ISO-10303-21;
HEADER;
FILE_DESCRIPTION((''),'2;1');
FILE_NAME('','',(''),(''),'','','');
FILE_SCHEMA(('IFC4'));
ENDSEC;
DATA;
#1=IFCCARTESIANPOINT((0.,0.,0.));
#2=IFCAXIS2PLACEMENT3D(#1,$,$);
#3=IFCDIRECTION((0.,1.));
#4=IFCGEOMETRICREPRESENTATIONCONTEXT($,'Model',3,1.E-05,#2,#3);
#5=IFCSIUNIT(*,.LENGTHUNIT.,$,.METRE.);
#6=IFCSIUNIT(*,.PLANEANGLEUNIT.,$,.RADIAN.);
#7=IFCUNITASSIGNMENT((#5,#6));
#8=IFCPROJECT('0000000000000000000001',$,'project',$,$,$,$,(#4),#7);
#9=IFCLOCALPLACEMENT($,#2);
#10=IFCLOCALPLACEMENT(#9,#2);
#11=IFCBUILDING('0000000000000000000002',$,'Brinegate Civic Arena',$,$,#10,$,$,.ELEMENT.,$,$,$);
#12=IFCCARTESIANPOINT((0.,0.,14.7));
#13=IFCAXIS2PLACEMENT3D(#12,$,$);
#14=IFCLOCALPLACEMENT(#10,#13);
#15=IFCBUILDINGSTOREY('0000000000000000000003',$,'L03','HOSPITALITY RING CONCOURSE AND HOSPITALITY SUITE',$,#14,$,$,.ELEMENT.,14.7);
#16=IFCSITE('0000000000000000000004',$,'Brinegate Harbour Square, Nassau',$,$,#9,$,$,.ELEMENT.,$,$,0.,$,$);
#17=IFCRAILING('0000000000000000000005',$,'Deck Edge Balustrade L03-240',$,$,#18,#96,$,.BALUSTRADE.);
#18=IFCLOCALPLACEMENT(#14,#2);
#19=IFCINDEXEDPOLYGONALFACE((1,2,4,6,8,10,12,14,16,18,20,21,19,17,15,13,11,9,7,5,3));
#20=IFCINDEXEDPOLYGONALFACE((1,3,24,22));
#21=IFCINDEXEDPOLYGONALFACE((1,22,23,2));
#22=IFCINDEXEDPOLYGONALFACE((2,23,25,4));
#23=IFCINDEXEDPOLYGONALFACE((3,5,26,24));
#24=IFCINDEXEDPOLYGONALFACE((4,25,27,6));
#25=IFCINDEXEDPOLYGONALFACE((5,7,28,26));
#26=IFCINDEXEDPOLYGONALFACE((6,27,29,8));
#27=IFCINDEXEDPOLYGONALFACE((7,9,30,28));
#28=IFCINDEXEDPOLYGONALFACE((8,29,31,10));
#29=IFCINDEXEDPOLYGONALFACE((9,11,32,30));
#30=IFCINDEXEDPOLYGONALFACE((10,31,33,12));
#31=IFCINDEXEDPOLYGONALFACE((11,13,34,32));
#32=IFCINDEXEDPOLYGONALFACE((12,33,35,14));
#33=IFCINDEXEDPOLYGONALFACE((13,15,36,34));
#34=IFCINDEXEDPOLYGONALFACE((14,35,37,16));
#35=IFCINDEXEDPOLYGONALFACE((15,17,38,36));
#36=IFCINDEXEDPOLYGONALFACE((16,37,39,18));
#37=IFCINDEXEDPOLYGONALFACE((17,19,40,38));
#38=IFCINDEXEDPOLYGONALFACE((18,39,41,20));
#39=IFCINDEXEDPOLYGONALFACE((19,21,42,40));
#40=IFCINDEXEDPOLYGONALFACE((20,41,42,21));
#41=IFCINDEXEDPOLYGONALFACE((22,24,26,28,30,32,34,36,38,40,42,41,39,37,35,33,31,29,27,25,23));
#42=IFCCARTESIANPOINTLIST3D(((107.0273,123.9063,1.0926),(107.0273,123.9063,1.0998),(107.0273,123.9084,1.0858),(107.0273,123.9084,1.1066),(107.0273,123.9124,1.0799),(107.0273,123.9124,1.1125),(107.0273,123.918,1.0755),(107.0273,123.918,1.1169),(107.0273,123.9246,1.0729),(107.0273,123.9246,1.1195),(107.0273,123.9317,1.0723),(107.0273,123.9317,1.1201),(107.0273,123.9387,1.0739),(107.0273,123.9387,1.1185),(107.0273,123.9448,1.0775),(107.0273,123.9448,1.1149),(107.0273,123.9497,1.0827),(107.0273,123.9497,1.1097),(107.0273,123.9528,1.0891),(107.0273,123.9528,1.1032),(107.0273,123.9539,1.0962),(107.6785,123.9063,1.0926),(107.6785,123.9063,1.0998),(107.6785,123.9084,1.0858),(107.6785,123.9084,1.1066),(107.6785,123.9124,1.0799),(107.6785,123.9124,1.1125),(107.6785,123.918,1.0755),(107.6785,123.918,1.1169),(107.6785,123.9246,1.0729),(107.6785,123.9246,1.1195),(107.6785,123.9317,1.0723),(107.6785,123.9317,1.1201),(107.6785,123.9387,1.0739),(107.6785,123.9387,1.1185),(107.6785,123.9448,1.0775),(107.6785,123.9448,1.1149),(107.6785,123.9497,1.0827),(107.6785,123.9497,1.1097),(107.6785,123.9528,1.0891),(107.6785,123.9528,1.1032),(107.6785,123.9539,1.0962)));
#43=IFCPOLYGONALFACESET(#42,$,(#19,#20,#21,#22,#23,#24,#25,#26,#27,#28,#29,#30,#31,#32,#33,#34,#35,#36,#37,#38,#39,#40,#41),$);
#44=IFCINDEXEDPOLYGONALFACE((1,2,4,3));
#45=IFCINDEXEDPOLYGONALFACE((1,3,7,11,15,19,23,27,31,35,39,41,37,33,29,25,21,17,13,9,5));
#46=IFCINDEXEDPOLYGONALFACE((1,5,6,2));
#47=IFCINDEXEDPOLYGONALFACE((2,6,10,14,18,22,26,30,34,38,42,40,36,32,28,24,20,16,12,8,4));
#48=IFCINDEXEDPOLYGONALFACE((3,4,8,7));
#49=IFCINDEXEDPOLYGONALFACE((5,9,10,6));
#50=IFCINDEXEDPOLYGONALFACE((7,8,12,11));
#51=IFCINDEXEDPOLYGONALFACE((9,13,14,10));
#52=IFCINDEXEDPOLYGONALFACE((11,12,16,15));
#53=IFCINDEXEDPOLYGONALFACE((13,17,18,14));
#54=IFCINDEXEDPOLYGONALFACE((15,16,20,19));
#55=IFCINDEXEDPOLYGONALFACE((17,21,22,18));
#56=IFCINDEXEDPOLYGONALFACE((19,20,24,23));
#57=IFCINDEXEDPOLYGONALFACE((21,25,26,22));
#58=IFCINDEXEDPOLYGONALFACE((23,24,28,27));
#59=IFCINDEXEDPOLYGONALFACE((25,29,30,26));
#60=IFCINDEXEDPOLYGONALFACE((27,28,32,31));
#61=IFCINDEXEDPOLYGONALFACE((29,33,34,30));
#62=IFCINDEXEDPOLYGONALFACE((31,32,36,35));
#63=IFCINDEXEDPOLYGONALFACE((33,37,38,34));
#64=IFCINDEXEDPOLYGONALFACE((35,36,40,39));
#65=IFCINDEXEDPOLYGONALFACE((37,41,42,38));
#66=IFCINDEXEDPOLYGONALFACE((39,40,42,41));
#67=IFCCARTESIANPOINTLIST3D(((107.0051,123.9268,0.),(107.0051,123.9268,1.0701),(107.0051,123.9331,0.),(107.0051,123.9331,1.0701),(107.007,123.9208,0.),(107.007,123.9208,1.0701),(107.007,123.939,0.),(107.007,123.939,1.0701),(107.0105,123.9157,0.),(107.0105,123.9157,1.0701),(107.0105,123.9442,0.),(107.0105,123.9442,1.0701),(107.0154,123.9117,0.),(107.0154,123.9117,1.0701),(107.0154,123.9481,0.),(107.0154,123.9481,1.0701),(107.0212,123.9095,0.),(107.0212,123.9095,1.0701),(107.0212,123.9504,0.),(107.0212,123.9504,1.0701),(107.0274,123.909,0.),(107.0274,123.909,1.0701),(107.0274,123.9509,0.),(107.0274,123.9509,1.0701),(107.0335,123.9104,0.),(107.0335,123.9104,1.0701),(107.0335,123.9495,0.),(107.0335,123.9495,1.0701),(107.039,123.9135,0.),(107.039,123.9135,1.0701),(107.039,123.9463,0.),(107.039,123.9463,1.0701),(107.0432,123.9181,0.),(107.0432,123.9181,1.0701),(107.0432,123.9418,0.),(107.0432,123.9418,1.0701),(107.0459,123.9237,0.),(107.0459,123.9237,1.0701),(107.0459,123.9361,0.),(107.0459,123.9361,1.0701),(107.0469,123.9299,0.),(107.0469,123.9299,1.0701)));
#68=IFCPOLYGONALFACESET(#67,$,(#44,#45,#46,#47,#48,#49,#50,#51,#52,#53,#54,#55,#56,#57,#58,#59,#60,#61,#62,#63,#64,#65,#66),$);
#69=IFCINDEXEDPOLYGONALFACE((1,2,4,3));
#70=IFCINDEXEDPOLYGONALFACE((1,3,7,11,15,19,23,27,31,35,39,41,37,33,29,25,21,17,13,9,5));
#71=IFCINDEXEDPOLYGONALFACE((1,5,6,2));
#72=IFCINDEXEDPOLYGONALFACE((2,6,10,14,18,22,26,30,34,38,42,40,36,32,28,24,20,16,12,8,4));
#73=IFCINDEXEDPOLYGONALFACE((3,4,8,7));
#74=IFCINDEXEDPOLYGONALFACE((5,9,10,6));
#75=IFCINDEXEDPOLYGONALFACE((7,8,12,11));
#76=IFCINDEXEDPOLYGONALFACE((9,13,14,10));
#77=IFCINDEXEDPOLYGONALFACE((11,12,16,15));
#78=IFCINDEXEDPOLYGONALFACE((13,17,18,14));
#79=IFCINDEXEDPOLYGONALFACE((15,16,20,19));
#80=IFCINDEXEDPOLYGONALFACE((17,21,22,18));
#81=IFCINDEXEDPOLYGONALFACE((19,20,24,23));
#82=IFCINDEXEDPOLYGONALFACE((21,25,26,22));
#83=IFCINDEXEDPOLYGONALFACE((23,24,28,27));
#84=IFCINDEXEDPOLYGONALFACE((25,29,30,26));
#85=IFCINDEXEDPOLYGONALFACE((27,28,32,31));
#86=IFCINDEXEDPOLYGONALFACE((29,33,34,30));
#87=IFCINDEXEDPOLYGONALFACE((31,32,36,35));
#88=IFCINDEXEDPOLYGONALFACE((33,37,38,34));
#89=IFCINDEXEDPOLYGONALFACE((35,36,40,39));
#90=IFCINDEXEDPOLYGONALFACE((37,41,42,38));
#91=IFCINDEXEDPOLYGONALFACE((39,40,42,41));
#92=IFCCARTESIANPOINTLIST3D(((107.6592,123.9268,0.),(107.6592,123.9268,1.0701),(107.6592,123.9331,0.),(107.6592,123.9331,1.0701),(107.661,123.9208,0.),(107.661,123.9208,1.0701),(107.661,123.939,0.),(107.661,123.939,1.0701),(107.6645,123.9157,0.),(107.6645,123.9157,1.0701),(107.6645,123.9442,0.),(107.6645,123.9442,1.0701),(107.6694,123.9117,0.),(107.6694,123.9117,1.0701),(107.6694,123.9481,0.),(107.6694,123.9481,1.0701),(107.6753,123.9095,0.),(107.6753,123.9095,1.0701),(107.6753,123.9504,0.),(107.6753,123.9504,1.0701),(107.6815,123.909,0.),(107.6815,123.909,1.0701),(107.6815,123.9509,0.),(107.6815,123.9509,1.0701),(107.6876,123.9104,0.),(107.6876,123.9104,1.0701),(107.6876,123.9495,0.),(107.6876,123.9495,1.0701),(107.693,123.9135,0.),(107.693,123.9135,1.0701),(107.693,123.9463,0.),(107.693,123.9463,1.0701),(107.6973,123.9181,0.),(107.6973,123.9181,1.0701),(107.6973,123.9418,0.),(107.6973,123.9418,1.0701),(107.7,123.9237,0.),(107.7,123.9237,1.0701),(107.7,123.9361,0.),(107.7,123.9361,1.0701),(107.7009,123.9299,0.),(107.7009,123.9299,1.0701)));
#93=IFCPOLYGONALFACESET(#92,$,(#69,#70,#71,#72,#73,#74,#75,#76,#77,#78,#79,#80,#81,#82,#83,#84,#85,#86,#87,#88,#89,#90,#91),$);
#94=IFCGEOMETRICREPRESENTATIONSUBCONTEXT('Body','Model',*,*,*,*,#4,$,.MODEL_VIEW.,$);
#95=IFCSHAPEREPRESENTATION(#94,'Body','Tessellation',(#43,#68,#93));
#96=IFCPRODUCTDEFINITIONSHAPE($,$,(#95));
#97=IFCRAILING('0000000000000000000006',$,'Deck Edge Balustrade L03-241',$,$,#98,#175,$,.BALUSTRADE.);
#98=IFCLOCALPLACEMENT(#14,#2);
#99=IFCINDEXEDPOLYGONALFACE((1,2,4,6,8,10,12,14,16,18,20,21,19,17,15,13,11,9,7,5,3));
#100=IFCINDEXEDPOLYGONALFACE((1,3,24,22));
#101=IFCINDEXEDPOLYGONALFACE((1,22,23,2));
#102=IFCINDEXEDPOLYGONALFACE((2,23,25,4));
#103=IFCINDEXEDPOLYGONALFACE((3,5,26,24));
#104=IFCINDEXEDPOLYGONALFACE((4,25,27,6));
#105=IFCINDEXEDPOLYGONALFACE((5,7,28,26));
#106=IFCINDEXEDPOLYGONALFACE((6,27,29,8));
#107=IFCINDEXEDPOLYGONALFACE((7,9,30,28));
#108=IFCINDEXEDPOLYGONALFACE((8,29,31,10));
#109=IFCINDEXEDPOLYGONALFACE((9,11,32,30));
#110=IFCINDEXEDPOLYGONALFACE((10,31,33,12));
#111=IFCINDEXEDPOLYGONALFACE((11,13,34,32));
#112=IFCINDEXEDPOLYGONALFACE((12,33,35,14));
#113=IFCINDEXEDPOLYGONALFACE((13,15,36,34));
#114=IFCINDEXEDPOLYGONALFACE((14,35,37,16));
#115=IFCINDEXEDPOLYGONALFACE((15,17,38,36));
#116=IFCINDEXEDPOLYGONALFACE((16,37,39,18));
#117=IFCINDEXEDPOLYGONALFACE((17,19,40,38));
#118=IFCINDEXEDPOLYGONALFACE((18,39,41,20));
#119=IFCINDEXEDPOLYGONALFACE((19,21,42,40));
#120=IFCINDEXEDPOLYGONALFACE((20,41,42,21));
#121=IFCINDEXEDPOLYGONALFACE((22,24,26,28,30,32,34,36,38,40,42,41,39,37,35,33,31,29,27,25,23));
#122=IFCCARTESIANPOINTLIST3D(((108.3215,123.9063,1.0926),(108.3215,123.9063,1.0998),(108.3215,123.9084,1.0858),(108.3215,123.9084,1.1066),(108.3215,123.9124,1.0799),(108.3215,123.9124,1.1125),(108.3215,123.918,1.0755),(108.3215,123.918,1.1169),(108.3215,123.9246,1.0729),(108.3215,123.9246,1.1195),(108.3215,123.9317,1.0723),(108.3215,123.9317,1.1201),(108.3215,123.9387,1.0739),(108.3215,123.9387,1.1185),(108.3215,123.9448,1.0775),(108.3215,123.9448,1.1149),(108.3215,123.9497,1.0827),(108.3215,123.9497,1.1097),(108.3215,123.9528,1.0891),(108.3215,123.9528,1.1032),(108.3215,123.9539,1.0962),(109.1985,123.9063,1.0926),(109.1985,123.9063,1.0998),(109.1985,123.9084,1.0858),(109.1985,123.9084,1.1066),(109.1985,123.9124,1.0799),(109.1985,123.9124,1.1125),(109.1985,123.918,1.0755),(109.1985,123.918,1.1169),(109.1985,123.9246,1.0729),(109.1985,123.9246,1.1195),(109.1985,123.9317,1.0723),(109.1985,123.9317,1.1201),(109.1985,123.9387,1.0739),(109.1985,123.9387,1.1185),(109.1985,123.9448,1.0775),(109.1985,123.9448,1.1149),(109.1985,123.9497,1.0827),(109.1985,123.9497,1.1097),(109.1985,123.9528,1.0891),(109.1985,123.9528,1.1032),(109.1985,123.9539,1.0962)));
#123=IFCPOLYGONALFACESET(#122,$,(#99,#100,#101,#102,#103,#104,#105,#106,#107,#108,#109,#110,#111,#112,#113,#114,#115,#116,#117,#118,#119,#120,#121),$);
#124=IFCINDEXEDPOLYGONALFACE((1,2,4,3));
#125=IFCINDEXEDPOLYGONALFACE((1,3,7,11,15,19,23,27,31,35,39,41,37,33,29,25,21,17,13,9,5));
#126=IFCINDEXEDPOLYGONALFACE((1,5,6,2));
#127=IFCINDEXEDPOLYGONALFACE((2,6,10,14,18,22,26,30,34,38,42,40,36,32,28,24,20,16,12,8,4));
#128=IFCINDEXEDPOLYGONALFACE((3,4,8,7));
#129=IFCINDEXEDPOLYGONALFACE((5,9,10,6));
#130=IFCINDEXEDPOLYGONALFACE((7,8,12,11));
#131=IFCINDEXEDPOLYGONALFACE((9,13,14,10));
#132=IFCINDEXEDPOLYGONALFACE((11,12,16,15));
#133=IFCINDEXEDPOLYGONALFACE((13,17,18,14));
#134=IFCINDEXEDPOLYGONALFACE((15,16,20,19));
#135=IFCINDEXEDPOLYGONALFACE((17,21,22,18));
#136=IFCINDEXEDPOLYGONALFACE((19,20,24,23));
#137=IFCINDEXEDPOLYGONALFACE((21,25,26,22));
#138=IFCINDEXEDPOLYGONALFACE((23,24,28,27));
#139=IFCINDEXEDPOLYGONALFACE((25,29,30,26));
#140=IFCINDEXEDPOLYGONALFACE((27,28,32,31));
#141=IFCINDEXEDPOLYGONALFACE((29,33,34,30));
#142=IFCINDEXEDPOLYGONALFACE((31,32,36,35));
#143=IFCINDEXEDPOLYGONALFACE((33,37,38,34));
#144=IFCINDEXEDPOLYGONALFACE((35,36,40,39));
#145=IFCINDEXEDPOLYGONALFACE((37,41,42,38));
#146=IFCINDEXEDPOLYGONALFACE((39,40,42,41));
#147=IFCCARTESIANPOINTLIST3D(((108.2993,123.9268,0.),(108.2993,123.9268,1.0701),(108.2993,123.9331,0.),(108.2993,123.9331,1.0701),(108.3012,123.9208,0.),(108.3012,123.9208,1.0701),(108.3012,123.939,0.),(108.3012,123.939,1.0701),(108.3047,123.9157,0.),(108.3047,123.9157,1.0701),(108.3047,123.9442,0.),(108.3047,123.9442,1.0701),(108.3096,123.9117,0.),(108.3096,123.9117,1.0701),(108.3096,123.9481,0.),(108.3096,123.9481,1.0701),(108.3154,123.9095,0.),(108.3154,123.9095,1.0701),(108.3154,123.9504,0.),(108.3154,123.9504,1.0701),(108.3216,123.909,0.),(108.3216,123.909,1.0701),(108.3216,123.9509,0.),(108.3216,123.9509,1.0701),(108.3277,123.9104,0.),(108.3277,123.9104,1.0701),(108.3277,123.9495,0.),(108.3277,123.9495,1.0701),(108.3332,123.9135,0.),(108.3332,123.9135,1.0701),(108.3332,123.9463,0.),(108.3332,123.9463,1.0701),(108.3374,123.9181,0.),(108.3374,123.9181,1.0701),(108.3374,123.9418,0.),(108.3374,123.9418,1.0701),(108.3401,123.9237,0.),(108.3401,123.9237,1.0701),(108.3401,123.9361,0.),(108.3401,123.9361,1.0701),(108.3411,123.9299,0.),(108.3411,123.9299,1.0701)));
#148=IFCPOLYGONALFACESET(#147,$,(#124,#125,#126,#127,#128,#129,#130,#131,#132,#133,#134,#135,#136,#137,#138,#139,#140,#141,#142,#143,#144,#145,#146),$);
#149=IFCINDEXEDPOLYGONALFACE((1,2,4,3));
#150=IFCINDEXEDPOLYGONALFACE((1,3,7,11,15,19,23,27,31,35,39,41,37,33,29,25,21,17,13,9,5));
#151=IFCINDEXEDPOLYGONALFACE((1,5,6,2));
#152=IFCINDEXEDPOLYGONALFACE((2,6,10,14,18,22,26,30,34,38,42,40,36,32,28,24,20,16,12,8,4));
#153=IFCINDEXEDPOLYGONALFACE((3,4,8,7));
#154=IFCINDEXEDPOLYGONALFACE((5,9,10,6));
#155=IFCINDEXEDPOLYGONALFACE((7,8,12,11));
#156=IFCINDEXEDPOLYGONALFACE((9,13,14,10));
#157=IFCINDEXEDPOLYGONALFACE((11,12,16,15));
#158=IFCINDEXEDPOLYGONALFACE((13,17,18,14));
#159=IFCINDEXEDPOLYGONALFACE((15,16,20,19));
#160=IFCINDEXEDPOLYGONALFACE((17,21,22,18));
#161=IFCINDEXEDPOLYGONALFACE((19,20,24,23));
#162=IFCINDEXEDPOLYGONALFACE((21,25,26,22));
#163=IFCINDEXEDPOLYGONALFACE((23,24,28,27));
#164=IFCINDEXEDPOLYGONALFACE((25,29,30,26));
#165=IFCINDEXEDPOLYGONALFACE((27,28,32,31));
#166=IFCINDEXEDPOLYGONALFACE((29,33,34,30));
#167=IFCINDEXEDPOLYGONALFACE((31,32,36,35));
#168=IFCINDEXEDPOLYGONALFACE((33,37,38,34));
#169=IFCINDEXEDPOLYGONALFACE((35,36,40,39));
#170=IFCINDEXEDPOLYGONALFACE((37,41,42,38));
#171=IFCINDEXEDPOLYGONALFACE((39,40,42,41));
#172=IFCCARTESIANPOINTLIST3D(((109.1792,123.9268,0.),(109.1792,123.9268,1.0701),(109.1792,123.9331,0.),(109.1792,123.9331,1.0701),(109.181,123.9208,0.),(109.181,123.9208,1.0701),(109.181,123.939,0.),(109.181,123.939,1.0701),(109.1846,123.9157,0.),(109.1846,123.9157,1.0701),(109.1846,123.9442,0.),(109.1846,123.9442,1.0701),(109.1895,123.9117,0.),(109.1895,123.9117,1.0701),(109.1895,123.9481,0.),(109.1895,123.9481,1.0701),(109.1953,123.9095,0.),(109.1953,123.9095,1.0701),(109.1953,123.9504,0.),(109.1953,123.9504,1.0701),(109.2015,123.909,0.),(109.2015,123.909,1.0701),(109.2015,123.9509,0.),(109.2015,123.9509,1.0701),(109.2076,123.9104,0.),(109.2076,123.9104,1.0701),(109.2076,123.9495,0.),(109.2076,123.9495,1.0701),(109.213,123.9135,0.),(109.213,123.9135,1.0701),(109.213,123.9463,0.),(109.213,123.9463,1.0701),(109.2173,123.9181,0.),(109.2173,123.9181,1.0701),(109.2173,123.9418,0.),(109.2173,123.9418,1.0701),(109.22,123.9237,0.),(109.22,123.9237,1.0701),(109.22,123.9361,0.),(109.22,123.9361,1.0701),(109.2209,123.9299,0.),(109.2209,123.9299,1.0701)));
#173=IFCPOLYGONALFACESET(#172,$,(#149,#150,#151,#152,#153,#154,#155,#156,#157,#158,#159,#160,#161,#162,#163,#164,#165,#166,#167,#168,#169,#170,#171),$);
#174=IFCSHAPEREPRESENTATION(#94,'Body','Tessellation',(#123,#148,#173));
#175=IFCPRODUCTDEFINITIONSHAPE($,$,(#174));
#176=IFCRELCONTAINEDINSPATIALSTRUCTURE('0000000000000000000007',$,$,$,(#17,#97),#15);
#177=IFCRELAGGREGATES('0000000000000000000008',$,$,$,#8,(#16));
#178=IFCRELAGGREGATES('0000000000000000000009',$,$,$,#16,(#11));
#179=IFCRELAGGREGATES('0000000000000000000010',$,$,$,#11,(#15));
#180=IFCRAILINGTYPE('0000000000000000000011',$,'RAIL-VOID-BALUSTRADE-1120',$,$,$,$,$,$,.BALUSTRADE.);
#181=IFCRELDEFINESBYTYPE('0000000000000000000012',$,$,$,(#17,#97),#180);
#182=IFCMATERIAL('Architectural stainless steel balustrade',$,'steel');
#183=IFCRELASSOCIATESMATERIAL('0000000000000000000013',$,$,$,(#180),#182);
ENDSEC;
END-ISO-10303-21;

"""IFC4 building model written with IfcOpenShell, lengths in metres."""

from ifc_helpers import new_model, si_unit, direction, frame, origin, origin_2d, place, context, subcontext, project, spatial, circle, extrude, material, type_object, element, save


model = new_model("IFC4")

# Units and contexts
model_context = context("Model", 3, precision=1e-05, world=origin(), true_north=direction((0.0, 1.0)))
body_context = subcontext(model_context, "Body", "Model", "MODEL_VIEW")
ifc_project = project(units=[si_unit("LENGTHUNIT", "METRE"), si_unit("PLANEANGLEUNIT", "RADIAN")], contexts=[model_context])

# Site, building, storey
site_placement = place(None, origin())
site = spatial("IfcSite", under=ifc_project, at=site_placement, Name="Brinegate Harbour Square, Nassau", CompositionType="ELEMENT", RefElevation=0.0)
building_placement = place(site_placement, origin())
building = spatial("IfcBuilding", under=site, at=building_placement, Name="Brinegate Civic Arena", CompositionType="ELEMENT")
storey_placement = place(building_placement, frame((0.0, 0.0, 14.7)))
storey = spatial("IfcBuildingStorey", under=building, at=storey_placement, Name="L03", Description="HOSPITALITY RING CONCOURSE AND HOSPITALITY SUITE", CompositionType="ELEMENT", Elevation=14.7)

# Railings
ifc_material_1 = material(Name="Architectural stainless steel balustrade", Category="steel")
railing_type_1 = type_object("IfcRailingType", Name="RAIL-VOID-BALUSTRADE-1120", PredefinedType="BALUSTRADE", material=ifc_material_1)
railing_1_placement = place(storey_placement, frame((107.0259, 123.9299, 0.0)))
element("IfcRailing", 1, at=railing_1_placement, inside=storey, type_object=railing_type_1, Name="Deck Edge Balustrade L03-240", PredefinedType="BALUSTRADE", context=body_context, shape_type="SweptSolid", body=[
    extrude(circle(Radius=0.0239, at=origin_2d()), frame((0.0015, 0.0, 1.0962), z_axis=(1.0, 0.0, 0.0), x_axis=(0.0, 1.0, 0.0)), (0.0, 0.0, 1.0), 0.6511),
    extrude(circle(Radius=0.021, at=origin_2d()), origin(), (0.0, 0.0, 1.0), 1.0701),
    extrude(circle(Radius=0.021, at=origin_2d()), frame((0.6541, 0.0, 0.0)), (0.0, 0.0, 1.0), 1.0701),
])
railing_2_placement = place(storey_placement, frame((108.3201, 123.9299, 0.0)))
element("IfcRailing", 2, at=railing_2_placement, inside=storey, type_object=railing_type_1, Name="Deck Edge Balustrade L03-241", PredefinedType="BALUSTRADE", context=body_context, shape_type="SweptSolid", body=[
    extrude(circle(Radius=0.0239, at=origin_2d()), frame((0.0015, 0.0, 1.0962), z_axis=(1.0, 0.0, 0.0), x_axis=(0.0, 1.0, 0.0)), (0.0, 0.0, 1.0), 0.877),
    extrude(circle(Radius=0.021, at=origin_2d()), origin(), (0.0, 0.0, 1.0), 1.0701),
    extrude(circle(Radius=0.021, at=origin_2d()), frame((0.8799, 0.0, 0.0)), (0.0, 0.0, 1.0), 1.0701),
])

save(model, "model.ifc")
